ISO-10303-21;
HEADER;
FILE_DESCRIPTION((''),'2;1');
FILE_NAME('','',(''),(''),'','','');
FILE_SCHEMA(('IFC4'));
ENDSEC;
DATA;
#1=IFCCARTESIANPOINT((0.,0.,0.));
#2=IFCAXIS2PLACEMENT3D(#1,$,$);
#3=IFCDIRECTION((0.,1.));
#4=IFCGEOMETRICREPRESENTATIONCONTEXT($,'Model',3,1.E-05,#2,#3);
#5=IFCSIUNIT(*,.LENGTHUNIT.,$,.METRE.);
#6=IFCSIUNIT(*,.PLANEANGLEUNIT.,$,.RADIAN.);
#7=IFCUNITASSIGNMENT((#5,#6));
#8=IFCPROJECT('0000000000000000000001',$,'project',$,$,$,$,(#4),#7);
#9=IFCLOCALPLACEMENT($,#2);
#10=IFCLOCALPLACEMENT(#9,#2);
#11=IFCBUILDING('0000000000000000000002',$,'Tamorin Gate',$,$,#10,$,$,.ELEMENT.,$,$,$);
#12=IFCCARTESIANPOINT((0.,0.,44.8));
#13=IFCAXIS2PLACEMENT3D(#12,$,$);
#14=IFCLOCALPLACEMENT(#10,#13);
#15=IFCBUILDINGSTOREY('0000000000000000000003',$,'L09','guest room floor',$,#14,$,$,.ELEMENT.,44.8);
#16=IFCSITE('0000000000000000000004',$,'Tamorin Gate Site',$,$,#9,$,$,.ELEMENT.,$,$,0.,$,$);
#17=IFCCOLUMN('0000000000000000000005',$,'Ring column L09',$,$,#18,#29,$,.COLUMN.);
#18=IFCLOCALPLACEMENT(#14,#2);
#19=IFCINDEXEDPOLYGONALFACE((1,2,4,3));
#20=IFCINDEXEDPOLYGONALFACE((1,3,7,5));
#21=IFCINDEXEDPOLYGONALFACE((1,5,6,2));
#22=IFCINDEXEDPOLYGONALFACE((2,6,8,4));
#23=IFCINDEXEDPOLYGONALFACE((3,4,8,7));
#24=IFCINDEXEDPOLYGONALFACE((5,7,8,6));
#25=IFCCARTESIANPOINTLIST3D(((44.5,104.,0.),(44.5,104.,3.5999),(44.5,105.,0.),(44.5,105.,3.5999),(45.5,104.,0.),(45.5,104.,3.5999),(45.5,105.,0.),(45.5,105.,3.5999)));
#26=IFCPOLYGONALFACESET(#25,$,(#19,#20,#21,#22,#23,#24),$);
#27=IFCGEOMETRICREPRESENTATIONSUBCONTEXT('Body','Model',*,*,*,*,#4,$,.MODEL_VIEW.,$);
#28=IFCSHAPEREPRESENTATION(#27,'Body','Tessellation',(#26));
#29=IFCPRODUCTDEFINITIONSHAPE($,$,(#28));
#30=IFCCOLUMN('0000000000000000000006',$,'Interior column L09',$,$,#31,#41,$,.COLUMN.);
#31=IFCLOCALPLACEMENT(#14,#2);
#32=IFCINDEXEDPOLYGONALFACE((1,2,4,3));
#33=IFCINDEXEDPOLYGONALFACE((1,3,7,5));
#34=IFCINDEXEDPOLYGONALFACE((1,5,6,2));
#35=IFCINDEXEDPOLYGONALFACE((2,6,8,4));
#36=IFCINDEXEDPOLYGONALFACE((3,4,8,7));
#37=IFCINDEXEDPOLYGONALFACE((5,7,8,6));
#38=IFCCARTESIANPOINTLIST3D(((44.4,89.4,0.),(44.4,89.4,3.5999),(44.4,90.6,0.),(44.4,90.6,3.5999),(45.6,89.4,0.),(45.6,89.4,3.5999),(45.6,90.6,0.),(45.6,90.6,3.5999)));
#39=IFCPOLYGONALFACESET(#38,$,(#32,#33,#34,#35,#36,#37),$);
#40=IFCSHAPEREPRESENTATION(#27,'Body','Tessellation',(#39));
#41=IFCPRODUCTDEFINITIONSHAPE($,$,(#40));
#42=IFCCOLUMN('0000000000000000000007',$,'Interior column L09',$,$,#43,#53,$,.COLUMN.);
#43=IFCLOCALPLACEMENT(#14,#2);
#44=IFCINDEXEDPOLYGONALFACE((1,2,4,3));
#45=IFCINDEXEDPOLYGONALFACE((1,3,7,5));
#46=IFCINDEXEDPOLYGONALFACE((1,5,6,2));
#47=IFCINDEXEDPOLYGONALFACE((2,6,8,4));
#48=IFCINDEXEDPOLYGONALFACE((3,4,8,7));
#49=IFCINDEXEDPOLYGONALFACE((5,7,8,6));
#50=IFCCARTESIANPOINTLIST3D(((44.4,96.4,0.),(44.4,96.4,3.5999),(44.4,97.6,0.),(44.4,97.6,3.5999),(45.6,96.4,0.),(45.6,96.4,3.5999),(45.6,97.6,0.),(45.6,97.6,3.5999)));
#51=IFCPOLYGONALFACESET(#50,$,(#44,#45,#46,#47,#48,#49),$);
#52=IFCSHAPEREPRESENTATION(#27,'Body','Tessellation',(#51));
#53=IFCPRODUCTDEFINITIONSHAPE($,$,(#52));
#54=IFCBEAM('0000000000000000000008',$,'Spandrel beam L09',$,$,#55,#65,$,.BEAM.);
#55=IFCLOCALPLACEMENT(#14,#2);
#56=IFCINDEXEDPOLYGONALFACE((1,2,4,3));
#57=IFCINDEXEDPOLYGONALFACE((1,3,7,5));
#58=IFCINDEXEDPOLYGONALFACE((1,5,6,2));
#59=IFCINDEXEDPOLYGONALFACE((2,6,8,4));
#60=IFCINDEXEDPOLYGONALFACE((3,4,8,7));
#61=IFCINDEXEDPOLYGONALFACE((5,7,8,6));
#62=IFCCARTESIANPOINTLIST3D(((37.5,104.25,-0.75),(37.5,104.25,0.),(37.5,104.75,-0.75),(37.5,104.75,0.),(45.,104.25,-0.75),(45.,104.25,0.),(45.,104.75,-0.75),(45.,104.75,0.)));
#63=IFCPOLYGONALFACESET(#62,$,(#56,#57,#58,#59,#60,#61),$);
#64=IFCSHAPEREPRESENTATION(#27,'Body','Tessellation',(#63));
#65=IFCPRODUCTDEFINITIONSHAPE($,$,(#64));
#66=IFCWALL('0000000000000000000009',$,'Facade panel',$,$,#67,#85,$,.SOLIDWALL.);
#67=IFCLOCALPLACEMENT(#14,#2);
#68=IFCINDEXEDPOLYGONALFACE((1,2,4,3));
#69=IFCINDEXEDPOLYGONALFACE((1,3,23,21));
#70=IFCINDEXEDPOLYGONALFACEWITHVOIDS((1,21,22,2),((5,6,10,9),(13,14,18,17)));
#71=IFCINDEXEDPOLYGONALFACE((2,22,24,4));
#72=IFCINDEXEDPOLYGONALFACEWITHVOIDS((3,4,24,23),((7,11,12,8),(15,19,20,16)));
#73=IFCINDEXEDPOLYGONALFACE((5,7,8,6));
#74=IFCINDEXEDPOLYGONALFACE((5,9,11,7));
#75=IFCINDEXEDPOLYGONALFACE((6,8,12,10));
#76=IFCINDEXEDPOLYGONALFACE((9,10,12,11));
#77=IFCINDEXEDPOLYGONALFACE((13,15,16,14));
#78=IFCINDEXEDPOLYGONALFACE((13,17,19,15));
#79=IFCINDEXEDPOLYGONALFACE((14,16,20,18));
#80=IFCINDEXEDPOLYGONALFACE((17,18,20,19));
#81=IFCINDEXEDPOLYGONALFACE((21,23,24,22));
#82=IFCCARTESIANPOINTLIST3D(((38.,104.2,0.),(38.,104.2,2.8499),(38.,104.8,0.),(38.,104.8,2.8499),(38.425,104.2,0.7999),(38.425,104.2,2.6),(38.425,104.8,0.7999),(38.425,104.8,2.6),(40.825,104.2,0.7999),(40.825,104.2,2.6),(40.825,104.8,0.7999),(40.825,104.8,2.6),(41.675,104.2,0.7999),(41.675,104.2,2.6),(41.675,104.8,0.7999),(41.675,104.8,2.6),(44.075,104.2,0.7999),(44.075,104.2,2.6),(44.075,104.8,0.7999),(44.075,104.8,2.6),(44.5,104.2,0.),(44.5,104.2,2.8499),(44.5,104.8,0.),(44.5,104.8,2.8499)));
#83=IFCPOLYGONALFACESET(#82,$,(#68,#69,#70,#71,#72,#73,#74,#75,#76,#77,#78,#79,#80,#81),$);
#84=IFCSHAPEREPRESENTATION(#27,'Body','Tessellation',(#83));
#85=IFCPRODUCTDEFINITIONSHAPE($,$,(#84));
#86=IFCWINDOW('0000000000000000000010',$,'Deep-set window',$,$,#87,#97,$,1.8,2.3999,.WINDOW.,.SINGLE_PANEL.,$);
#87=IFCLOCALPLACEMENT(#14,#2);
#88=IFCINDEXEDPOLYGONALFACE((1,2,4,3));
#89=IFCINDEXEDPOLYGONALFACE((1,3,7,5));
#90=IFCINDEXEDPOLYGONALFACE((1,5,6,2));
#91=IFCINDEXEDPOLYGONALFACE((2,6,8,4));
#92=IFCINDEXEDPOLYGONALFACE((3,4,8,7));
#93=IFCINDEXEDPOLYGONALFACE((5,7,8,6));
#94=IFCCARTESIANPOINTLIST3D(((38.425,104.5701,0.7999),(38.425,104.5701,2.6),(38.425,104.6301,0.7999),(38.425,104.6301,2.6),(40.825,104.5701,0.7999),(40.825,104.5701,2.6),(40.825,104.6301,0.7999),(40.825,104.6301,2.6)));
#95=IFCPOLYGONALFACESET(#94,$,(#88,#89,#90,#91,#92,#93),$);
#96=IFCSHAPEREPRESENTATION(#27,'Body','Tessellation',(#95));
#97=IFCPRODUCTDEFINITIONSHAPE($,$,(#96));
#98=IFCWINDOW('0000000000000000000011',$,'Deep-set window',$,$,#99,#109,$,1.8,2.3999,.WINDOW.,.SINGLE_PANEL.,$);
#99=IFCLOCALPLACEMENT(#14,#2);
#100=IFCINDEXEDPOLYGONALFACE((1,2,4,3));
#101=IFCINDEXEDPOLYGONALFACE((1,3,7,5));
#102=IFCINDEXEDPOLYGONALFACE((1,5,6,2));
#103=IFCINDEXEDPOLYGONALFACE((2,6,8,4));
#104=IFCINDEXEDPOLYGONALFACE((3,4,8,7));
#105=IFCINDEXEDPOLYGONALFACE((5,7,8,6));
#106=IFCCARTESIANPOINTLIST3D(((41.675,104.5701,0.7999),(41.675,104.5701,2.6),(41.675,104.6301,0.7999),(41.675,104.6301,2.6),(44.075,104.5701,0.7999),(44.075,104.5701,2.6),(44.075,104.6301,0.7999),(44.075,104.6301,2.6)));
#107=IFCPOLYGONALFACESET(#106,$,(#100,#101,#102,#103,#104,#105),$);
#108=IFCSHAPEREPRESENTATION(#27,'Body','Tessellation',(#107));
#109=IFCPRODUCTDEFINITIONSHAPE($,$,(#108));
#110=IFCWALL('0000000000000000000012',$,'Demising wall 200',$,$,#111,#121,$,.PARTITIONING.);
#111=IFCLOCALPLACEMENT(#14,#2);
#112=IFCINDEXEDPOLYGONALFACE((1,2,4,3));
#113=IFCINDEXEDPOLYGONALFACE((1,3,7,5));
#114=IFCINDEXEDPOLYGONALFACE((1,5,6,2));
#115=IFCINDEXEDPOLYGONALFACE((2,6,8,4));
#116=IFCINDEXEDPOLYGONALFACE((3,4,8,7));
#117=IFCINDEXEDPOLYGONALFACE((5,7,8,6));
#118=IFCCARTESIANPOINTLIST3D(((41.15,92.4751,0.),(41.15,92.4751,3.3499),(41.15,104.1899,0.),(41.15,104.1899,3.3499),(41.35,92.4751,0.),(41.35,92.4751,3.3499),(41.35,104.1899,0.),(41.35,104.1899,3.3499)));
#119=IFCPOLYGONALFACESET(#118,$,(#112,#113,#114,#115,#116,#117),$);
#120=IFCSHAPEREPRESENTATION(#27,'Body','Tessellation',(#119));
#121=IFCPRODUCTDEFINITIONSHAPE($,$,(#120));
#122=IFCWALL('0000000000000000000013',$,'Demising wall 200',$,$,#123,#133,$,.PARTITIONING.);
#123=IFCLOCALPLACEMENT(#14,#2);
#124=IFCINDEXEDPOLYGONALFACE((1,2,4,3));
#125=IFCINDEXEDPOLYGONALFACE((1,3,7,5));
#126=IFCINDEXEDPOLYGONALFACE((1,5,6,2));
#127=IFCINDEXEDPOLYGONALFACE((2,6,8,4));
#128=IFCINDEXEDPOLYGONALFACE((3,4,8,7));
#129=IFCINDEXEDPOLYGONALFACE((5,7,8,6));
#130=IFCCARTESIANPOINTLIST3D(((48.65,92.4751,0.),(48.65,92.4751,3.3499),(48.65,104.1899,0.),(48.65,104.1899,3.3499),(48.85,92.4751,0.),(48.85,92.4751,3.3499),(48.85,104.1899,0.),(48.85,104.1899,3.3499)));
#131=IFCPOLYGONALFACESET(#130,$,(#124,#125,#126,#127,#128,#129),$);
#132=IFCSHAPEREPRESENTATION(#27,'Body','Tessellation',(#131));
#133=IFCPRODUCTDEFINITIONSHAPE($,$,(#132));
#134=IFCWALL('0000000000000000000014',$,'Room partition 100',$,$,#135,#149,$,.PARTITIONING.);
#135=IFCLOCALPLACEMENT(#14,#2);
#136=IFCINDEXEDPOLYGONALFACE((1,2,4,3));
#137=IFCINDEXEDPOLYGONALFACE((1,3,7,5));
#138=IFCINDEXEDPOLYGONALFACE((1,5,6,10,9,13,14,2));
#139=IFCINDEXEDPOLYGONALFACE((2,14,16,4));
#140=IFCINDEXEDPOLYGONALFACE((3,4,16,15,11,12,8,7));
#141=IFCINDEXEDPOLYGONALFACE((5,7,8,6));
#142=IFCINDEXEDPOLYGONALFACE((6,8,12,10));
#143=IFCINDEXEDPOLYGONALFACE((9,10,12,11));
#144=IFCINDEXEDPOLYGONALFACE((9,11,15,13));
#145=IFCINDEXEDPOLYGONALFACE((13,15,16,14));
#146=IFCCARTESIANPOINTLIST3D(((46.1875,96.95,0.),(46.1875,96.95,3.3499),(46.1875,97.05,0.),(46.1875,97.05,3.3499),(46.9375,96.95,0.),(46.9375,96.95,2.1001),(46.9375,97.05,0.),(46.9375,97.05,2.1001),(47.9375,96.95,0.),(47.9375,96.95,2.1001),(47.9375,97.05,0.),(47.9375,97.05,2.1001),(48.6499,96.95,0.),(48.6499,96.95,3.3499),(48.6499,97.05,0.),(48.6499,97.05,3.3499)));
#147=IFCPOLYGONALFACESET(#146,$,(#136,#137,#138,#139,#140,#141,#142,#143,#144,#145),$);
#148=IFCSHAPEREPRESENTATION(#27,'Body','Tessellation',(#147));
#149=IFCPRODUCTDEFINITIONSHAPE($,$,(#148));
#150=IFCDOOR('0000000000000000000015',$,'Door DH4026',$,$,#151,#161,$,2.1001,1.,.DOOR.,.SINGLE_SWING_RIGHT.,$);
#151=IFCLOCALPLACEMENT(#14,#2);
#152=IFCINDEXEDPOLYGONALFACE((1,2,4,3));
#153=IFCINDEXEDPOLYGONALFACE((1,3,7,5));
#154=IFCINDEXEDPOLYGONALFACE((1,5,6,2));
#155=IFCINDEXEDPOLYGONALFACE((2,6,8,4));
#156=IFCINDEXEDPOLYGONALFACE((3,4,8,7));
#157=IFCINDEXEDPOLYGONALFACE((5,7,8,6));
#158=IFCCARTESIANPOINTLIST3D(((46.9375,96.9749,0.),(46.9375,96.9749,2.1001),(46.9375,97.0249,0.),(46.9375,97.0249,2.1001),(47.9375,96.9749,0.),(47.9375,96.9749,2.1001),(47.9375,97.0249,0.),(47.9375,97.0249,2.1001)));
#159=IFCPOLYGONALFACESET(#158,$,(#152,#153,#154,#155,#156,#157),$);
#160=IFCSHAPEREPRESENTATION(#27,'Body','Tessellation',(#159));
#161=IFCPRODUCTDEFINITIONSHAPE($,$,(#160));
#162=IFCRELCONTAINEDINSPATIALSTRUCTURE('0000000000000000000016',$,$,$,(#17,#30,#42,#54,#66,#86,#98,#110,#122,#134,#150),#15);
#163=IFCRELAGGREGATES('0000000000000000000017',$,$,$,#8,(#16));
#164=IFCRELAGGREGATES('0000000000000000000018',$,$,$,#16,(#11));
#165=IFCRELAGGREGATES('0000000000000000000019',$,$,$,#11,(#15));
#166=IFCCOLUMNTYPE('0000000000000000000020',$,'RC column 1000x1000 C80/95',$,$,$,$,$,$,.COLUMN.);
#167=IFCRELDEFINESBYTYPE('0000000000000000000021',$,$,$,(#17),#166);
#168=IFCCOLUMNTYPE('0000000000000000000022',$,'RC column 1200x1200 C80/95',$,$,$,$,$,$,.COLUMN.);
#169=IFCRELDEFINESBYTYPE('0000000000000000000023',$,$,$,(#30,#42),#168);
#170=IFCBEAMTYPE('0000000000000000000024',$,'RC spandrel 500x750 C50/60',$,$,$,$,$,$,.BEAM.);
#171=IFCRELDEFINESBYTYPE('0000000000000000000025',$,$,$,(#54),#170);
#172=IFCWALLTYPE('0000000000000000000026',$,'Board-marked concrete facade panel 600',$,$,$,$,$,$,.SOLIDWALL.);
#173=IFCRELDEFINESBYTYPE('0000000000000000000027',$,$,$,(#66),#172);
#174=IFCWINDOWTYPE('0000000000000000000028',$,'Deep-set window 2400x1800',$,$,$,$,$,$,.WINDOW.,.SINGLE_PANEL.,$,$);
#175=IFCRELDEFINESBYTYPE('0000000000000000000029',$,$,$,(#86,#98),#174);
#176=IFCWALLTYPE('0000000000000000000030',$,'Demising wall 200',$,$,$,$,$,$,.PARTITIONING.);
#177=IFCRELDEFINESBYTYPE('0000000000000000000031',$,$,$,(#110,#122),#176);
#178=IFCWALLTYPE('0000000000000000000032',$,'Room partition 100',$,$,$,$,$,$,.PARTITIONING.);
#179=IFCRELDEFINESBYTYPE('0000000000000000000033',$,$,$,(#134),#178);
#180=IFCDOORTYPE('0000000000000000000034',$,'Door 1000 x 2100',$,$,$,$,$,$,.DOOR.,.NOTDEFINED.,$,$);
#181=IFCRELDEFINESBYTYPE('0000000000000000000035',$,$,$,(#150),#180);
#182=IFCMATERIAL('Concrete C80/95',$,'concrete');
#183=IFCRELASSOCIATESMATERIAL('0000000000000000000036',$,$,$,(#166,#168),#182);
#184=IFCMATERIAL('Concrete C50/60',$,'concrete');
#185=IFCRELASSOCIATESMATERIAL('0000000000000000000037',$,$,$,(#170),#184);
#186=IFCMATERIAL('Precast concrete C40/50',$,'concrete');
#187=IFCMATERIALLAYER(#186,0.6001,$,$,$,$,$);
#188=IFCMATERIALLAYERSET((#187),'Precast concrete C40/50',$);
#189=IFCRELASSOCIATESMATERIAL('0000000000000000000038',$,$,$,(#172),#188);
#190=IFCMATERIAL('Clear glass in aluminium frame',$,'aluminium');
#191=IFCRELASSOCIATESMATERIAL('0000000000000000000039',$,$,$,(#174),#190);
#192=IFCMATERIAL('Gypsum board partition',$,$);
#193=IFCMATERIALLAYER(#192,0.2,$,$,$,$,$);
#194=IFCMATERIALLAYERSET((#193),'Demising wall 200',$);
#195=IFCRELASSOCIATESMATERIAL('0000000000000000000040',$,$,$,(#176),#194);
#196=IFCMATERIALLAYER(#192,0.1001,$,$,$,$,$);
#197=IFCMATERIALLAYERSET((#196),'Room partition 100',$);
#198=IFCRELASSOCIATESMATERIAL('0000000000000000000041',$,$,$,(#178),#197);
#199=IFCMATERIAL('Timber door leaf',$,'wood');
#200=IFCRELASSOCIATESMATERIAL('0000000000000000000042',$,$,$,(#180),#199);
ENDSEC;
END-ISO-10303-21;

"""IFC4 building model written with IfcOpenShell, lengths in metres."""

from ifc_helpers import new_model, si_unit, direction, frame, frame_2d, origin, origin_2d, place, context, subcontext, project, spatial, rectangle, extrude, material, layer, layer_set, material_profile, profile_set, type_object, element, fill, save


model = new_model("IFC4")

# Units and contexts
model_context = context("Model", 3, precision=1e-05, world=origin(), true_north=direction((0.0, 1.0)))
body_context = subcontext(model_context, "Body", "Model", "MODEL_VIEW")
ifc_project = project(units=[si_unit("LENGTHUNIT", "METRE"), si_unit("PLANEANGLEUNIT", "RADIAN")], contexts=[model_context])

# Site, building, storey
site_placement = place(None, origin())
site = spatial("IfcSite", under=ifc_project, at=site_placement, Name="Tamorin Gate Site", CompositionType="ELEMENT", RefElevation=0.0)
building_placement = place(site_placement, origin())
building = spatial("IfcBuilding", under=site, at=building_placement, Name="Tamorin Gate", CompositionType="ELEMENT")
storey_placement = place(building_placement, frame((0.0, 0.0, 44.8)))
storey = spatial("IfcBuildingStorey", under=building, at=storey_placement, Name="L09", Description="guest room floor", CompositionType="ELEMENT", Elevation=44.8)

# Columns
ifc_material_1 = material(Name="Concrete C80/95", Category="concrete")
ifc_material_profile_1 = material_profile(ifc_material_1, rectangle(XDim=1.0, YDim=1.0, at=origin_2d()), Name="RC 1000x1000")
ifc_profile_set_1 = profile_set([ifc_material_profile_1], Name="Concrete C80/95")
column_type_1 = type_object("IfcColumnType", Name="RC column 1000x1000 C80/95", PredefinedType="COLUMN", material=ifc_profile_set_1)
column_placement = place(storey_placement, frame((45.0, 104.5, 0.0), z_axis=(0.0, 0.0, 1.0), x_axis=(1.0, 0.0, 0.0)))
element("IfcColumn", 1, at=column_placement, inside=storey, type_object=column_type_1, Name="Ring column L09", PredefinedType="COLUMN", context=body_context, shape_type="SweptSolid", body=[
    extrude(rectangle(XDim=1.0, YDim=1.0, at=origin_2d()), origin(), (0.0, 0.0, 1.0), 3.5999),
])
ifc_material_profile_2 = material_profile(ifc_material_1, rectangle(XDim=1.2, YDim=1.2, at=origin_2d()), Name="RC 1200x1200")
ifc_profile_set_2 = profile_set([ifc_material_profile_2], Name="Concrete C80/95")
column_type_2 = type_object("IfcColumnType", Name="RC column 1200x1200 C80/95", PredefinedType="COLUMN", material=ifc_profile_set_2)
for number, where, z_axis, x_axis, name in (
    (2, (45.0, 90.0, 0.0), (0.0, 0.0, 1.0), (1.0, 0.0, 0.0), "Interior column L09"),
    (3, (45.0, 97.0, 0.0), (0.0, 0.0, 1.0), (1.0, 0.0, 0.0), "Interior column L09"),
):
    element("IfcColumn", number, at=place(storey_placement, frame(where, z_axis=z_axis, x_axis=x_axis)), inside=storey, type_object=column_type_2, Name=name, PredefinedType="COLUMN", context=body_context, shape_type="SweptSolid", body=[
        extrude(rectangle(XDim=1.2, YDim=1.2, at=origin_2d()), origin(), (0.0, 0.0, 1.0), 3.5999),
    ])

# Beam
ifc_material_2 = material(Name="Concrete C50/60", Category="concrete")
ifc_material_profile_3 = material_profile(ifc_material_2, rectangle(XDim=0.5, YDim=0.75, at=origin_2d()), Name="RC 500x750")
ifc_profile_set_3 = profile_set([ifc_material_profile_3], Name="Concrete C50/60")
beam_type = type_object("IfcBeamType", Name="RC spandrel 500x750 C50/60", PredefinedType="BEAM", material=ifc_profile_set_3)
beam_placement = place(storey_placement, frame((45.0, 104.5, -0.375), z_axis=(-1.0, 0.0, 0.0), x_axis=(0.0, -1.0, 0.0)))
element("IfcBeam", 4, at=beam_placement, inside=storey, type_object=beam_type, Name="Spandrel beam L09", PredefinedType="BEAM", context=body_context, shape_type="SweptSolid", body=[
    extrude(rectangle(XDim=0.5, YDim=0.75, at=origin_2d()), origin(), (0.0, 0.0, 1.0), 7.5),
])

# Wall, openings, windows
ifc_material_3 = material(Name="Precast concrete C40/50", Category="concrete")
ifc_layer_1 = layer(ifc_material_3, 0.6001)
ifc_layer_set_1 = layer_set([ifc_layer_1], Name="Precast concrete C40/50")
wall_type_1 = type_object("IfcWallType", Name="Board-marked concrete facade panel 600", PredefinedType="SOLIDWALL", material=ifc_layer_set_1)
wall_1_placement = place(storey_placement, frame((44.5, 104.5, 0.0), z_axis=(0.0, 0.0, 1.0), x_axis=(-1.0, 0.0, 0.0)))
wall_1 = element("IfcWall", 5, at=wall_1_placement, inside=storey, type_object=wall_type_1, Name="Facade panel", PredefinedType="SOLIDWALL", context=body_context, shape_type="SweptSolid", body=[
    extrude(rectangle(XDim=6.5, YDim=0.6001, at=frame_2d((3.25, 0.0))), origin(), (0.0, 0.0, 1.0), 2.8499),
])
opening_1_placement = place(wall_1_placement, frame((3.675, 0.0, 0.8)))
opening_1 = element("IfcOpeningElement", 6, at=opening_1_placement, cuts=wall_1, PredefinedType="OPENING", context=body_context, shape_type="SweptSolid", body=[
    extrude(rectangle(XDim=2.3999, YDim=1.8, at=frame_2d((1.2, 0.8999))), frame((0.0, 0.3101, 0.0), z_axis=(0.0, -1.0, 0.0), x_axis=(1.0, 0.0, 0.0)), (0.0, 0.0, 1.0), 0.6201),
])
opening_2_placement = place(wall_1_placement, frame((0.425, 0.0, 0.8)))
opening_2 = element("IfcOpeningElement", 7, at=opening_2_placement, cuts=wall_1, PredefinedType="OPENING", context=body_context, shape_type="SweptSolid", body=[
    extrude(rectangle(XDim=2.3999, YDim=1.8, at=frame_2d((1.2, 0.8999))), frame((0.0, 0.3101, 0.0), z_axis=(0.0, -1.0, 0.0), x_axis=(1.0, 0.0, 0.0)), (0.0, 0.0, 1.0), 0.6201),
])
ifc_material_4 = material(Name="Clear glass in aluminium frame", Category="aluminium")
window_type = type_object("IfcWindowType", Name="Deep-set window 2400x1800", PartitioningType="SINGLE_PANEL", PredefinedType="WINDOW", material=ifc_material_4)
window_1_placement = place(opening_1_placement, origin())
window_1 = element("IfcWindow", 8, at=window_1_placement, inside=storey, type_object=window_type, Name="Deep-set window", OverallHeight=1.8, OverallWidth=2.3999, PartitioningType="SINGLE_PANEL", PredefinedType="WINDOW", context=body_context, shape_type="SweptSolid", body=[
    extrude(rectangle(XDim=2.3999, YDim=1.8, at=frame_2d((1.2, 0.8999))), frame((0.0, -0.0701, 0.0), z_axis=(0.0, -1.0, 0.0), x_axis=(1.0, 0.0, 0.0)), (0.0, 0.0, 1.0), 0.0601),
])
fill(opening_1, window_1)
window_2_placement = place(opening_2_placement, origin())
window_2 = element("IfcWindow", 9, at=window_2_placement, inside=storey, type_object=window_type, Name="Deep-set window", OverallHeight=1.8, OverallWidth=2.3999, PartitioningType="SINGLE_PANEL", PredefinedType="WINDOW", context=body_context, shape_type="SweptSolid", body=[
    extrude(rectangle(XDim=2.3999, YDim=1.8, at=frame_2d((1.2, 0.8999))), frame((0.0, -0.0701, 0.0), z_axis=(0.0, -1.0, 0.0), x_axis=(1.0, 0.0, 0.0)), (0.0, 0.0, 1.0), 0.0601),
])
fill(opening_2, window_2)

# Walls
ifc_material_5 = material(Name="Gypsum board partition")
ifc_layer_2 = layer(ifc_material_5, 0.2)
ifc_layer_set_2 = layer_set([ifc_layer_2], Name="Demising wall 200")
wall_type_2 = type_object("IfcWallType", Name="Demising wall 200", PredefinedType="PARTITIONING", material=ifc_layer_set_2)
for number, where, z_axis, x_axis, name in (
    (10, (41.25, 92.4751, 0.0), (0.0, 0.0, 1.0), (0.0, 1.0, 0.0), "Demising wall 200"),
    (11, (48.75, 92.4751, 0.0), (0.0, 0.0, 1.0), (0.0, 1.0, 0.0), "Demising wall 200"),
):
    element("IfcWall", number, at=place(storey_placement, frame(where, z_axis=z_axis, x_axis=x_axis)), inside=storey, type_object=wall_type_2, Name=name, PredefinedType="PARTITIONING", context=body_context, shape_type="SweptSolid", body=[
        extrude(rectangle(XDim=11.7148, YDim=0.2, at=frame_2d((5.8574, 0.0))), origin(), (0.0, 0.0, 1.0), 3.3499),
    ])

# Wall, opening, door
ifc_layer_3 = layer(ifc_material_5, 0.1001)
ifc_layer_set_3 = layer_set([ifc_layer_3], Name="Room partition 100")
wall_type_3 = type_object("IfcWallType", Name="Room partition 100", PredefinedType="PARTITIONING", material=ifc_layer_set_3)
wall_2_placement = place(storey_placement, frame((46.1875, 97.0, 0.0), z_axis=(0.0, 0.0, 1.0), x_axis=(1.0, 0.0, 0.0)))
wall_2 = element("IfcWall", 12, at=wall_2_placement, inside=storey, type_object=wall_type_3, Name="Room partition 100", PredefinedType="PARTITIONING", context=body_context, shape_type="SweptSolid", body=[
    extrude(rectangle(XDim=2.4624, YDim=0.1001, at=frame_2d((1.2312, 0.0))), origin(), (0.0, 0.0, 1.0), 3.3499),
])
opening_3_placement = place(wall_2_placement, frame((0.75, 0.0, 0.0)))
opening_3 = element("IfcOpeningElement", 13, at=opening_3_placement, cuts=wall_2, PredefinedType="OPENING", context=body_context, shape_type="SweptSolid", body=[
    extrude(rectangle(XDim=1.0, YDim=2.1001, at=frame_2d((0.5, 1.05))), frame((0.0, 0.0601, 0.0), z_axis=(0.0, -1.0, 0.0), x_axis=(1.0, 0.0, 0.0)), (0.0, 0.0, 1.0), 0.1201),
])
ifc_material_6 = material(Name="Timber door leaf", Category="wood")
door_type_1 = type_object("IfcDoorType", Name="Door 1000 x 2100", OperationType="NOTDEFINED", PredefinedType="DOOR", material=ifc_material_6)
door_1_placement = place(opening_3_placement, origin())
door_1 = element("IfcDoor", 14, at=door_1_placement, inside=storey, type_object=door_type_1, Name="Door DH4026", OperationType="SINGLE_SWING_RIGHT", OverallHeight=2.1001, OverallWidth=1.0, PredefinedType="DOOR", context=body_context, shape_type="SweptSolid", body=[
    extrude(rectangle(XDim=1.0, YDim=2.1001, at=frame_2d((0.5, 1.05))), frame((0.0, 0.0249, 0.0), z_axis=(0.0, -1.0, 0.0), x_axis=(1.0, 0.0, 0.0)), (0.0, 0.0, 1.0), 0.05),
])
fill(opening_3, door_1)

save(model, "model.ifc")
